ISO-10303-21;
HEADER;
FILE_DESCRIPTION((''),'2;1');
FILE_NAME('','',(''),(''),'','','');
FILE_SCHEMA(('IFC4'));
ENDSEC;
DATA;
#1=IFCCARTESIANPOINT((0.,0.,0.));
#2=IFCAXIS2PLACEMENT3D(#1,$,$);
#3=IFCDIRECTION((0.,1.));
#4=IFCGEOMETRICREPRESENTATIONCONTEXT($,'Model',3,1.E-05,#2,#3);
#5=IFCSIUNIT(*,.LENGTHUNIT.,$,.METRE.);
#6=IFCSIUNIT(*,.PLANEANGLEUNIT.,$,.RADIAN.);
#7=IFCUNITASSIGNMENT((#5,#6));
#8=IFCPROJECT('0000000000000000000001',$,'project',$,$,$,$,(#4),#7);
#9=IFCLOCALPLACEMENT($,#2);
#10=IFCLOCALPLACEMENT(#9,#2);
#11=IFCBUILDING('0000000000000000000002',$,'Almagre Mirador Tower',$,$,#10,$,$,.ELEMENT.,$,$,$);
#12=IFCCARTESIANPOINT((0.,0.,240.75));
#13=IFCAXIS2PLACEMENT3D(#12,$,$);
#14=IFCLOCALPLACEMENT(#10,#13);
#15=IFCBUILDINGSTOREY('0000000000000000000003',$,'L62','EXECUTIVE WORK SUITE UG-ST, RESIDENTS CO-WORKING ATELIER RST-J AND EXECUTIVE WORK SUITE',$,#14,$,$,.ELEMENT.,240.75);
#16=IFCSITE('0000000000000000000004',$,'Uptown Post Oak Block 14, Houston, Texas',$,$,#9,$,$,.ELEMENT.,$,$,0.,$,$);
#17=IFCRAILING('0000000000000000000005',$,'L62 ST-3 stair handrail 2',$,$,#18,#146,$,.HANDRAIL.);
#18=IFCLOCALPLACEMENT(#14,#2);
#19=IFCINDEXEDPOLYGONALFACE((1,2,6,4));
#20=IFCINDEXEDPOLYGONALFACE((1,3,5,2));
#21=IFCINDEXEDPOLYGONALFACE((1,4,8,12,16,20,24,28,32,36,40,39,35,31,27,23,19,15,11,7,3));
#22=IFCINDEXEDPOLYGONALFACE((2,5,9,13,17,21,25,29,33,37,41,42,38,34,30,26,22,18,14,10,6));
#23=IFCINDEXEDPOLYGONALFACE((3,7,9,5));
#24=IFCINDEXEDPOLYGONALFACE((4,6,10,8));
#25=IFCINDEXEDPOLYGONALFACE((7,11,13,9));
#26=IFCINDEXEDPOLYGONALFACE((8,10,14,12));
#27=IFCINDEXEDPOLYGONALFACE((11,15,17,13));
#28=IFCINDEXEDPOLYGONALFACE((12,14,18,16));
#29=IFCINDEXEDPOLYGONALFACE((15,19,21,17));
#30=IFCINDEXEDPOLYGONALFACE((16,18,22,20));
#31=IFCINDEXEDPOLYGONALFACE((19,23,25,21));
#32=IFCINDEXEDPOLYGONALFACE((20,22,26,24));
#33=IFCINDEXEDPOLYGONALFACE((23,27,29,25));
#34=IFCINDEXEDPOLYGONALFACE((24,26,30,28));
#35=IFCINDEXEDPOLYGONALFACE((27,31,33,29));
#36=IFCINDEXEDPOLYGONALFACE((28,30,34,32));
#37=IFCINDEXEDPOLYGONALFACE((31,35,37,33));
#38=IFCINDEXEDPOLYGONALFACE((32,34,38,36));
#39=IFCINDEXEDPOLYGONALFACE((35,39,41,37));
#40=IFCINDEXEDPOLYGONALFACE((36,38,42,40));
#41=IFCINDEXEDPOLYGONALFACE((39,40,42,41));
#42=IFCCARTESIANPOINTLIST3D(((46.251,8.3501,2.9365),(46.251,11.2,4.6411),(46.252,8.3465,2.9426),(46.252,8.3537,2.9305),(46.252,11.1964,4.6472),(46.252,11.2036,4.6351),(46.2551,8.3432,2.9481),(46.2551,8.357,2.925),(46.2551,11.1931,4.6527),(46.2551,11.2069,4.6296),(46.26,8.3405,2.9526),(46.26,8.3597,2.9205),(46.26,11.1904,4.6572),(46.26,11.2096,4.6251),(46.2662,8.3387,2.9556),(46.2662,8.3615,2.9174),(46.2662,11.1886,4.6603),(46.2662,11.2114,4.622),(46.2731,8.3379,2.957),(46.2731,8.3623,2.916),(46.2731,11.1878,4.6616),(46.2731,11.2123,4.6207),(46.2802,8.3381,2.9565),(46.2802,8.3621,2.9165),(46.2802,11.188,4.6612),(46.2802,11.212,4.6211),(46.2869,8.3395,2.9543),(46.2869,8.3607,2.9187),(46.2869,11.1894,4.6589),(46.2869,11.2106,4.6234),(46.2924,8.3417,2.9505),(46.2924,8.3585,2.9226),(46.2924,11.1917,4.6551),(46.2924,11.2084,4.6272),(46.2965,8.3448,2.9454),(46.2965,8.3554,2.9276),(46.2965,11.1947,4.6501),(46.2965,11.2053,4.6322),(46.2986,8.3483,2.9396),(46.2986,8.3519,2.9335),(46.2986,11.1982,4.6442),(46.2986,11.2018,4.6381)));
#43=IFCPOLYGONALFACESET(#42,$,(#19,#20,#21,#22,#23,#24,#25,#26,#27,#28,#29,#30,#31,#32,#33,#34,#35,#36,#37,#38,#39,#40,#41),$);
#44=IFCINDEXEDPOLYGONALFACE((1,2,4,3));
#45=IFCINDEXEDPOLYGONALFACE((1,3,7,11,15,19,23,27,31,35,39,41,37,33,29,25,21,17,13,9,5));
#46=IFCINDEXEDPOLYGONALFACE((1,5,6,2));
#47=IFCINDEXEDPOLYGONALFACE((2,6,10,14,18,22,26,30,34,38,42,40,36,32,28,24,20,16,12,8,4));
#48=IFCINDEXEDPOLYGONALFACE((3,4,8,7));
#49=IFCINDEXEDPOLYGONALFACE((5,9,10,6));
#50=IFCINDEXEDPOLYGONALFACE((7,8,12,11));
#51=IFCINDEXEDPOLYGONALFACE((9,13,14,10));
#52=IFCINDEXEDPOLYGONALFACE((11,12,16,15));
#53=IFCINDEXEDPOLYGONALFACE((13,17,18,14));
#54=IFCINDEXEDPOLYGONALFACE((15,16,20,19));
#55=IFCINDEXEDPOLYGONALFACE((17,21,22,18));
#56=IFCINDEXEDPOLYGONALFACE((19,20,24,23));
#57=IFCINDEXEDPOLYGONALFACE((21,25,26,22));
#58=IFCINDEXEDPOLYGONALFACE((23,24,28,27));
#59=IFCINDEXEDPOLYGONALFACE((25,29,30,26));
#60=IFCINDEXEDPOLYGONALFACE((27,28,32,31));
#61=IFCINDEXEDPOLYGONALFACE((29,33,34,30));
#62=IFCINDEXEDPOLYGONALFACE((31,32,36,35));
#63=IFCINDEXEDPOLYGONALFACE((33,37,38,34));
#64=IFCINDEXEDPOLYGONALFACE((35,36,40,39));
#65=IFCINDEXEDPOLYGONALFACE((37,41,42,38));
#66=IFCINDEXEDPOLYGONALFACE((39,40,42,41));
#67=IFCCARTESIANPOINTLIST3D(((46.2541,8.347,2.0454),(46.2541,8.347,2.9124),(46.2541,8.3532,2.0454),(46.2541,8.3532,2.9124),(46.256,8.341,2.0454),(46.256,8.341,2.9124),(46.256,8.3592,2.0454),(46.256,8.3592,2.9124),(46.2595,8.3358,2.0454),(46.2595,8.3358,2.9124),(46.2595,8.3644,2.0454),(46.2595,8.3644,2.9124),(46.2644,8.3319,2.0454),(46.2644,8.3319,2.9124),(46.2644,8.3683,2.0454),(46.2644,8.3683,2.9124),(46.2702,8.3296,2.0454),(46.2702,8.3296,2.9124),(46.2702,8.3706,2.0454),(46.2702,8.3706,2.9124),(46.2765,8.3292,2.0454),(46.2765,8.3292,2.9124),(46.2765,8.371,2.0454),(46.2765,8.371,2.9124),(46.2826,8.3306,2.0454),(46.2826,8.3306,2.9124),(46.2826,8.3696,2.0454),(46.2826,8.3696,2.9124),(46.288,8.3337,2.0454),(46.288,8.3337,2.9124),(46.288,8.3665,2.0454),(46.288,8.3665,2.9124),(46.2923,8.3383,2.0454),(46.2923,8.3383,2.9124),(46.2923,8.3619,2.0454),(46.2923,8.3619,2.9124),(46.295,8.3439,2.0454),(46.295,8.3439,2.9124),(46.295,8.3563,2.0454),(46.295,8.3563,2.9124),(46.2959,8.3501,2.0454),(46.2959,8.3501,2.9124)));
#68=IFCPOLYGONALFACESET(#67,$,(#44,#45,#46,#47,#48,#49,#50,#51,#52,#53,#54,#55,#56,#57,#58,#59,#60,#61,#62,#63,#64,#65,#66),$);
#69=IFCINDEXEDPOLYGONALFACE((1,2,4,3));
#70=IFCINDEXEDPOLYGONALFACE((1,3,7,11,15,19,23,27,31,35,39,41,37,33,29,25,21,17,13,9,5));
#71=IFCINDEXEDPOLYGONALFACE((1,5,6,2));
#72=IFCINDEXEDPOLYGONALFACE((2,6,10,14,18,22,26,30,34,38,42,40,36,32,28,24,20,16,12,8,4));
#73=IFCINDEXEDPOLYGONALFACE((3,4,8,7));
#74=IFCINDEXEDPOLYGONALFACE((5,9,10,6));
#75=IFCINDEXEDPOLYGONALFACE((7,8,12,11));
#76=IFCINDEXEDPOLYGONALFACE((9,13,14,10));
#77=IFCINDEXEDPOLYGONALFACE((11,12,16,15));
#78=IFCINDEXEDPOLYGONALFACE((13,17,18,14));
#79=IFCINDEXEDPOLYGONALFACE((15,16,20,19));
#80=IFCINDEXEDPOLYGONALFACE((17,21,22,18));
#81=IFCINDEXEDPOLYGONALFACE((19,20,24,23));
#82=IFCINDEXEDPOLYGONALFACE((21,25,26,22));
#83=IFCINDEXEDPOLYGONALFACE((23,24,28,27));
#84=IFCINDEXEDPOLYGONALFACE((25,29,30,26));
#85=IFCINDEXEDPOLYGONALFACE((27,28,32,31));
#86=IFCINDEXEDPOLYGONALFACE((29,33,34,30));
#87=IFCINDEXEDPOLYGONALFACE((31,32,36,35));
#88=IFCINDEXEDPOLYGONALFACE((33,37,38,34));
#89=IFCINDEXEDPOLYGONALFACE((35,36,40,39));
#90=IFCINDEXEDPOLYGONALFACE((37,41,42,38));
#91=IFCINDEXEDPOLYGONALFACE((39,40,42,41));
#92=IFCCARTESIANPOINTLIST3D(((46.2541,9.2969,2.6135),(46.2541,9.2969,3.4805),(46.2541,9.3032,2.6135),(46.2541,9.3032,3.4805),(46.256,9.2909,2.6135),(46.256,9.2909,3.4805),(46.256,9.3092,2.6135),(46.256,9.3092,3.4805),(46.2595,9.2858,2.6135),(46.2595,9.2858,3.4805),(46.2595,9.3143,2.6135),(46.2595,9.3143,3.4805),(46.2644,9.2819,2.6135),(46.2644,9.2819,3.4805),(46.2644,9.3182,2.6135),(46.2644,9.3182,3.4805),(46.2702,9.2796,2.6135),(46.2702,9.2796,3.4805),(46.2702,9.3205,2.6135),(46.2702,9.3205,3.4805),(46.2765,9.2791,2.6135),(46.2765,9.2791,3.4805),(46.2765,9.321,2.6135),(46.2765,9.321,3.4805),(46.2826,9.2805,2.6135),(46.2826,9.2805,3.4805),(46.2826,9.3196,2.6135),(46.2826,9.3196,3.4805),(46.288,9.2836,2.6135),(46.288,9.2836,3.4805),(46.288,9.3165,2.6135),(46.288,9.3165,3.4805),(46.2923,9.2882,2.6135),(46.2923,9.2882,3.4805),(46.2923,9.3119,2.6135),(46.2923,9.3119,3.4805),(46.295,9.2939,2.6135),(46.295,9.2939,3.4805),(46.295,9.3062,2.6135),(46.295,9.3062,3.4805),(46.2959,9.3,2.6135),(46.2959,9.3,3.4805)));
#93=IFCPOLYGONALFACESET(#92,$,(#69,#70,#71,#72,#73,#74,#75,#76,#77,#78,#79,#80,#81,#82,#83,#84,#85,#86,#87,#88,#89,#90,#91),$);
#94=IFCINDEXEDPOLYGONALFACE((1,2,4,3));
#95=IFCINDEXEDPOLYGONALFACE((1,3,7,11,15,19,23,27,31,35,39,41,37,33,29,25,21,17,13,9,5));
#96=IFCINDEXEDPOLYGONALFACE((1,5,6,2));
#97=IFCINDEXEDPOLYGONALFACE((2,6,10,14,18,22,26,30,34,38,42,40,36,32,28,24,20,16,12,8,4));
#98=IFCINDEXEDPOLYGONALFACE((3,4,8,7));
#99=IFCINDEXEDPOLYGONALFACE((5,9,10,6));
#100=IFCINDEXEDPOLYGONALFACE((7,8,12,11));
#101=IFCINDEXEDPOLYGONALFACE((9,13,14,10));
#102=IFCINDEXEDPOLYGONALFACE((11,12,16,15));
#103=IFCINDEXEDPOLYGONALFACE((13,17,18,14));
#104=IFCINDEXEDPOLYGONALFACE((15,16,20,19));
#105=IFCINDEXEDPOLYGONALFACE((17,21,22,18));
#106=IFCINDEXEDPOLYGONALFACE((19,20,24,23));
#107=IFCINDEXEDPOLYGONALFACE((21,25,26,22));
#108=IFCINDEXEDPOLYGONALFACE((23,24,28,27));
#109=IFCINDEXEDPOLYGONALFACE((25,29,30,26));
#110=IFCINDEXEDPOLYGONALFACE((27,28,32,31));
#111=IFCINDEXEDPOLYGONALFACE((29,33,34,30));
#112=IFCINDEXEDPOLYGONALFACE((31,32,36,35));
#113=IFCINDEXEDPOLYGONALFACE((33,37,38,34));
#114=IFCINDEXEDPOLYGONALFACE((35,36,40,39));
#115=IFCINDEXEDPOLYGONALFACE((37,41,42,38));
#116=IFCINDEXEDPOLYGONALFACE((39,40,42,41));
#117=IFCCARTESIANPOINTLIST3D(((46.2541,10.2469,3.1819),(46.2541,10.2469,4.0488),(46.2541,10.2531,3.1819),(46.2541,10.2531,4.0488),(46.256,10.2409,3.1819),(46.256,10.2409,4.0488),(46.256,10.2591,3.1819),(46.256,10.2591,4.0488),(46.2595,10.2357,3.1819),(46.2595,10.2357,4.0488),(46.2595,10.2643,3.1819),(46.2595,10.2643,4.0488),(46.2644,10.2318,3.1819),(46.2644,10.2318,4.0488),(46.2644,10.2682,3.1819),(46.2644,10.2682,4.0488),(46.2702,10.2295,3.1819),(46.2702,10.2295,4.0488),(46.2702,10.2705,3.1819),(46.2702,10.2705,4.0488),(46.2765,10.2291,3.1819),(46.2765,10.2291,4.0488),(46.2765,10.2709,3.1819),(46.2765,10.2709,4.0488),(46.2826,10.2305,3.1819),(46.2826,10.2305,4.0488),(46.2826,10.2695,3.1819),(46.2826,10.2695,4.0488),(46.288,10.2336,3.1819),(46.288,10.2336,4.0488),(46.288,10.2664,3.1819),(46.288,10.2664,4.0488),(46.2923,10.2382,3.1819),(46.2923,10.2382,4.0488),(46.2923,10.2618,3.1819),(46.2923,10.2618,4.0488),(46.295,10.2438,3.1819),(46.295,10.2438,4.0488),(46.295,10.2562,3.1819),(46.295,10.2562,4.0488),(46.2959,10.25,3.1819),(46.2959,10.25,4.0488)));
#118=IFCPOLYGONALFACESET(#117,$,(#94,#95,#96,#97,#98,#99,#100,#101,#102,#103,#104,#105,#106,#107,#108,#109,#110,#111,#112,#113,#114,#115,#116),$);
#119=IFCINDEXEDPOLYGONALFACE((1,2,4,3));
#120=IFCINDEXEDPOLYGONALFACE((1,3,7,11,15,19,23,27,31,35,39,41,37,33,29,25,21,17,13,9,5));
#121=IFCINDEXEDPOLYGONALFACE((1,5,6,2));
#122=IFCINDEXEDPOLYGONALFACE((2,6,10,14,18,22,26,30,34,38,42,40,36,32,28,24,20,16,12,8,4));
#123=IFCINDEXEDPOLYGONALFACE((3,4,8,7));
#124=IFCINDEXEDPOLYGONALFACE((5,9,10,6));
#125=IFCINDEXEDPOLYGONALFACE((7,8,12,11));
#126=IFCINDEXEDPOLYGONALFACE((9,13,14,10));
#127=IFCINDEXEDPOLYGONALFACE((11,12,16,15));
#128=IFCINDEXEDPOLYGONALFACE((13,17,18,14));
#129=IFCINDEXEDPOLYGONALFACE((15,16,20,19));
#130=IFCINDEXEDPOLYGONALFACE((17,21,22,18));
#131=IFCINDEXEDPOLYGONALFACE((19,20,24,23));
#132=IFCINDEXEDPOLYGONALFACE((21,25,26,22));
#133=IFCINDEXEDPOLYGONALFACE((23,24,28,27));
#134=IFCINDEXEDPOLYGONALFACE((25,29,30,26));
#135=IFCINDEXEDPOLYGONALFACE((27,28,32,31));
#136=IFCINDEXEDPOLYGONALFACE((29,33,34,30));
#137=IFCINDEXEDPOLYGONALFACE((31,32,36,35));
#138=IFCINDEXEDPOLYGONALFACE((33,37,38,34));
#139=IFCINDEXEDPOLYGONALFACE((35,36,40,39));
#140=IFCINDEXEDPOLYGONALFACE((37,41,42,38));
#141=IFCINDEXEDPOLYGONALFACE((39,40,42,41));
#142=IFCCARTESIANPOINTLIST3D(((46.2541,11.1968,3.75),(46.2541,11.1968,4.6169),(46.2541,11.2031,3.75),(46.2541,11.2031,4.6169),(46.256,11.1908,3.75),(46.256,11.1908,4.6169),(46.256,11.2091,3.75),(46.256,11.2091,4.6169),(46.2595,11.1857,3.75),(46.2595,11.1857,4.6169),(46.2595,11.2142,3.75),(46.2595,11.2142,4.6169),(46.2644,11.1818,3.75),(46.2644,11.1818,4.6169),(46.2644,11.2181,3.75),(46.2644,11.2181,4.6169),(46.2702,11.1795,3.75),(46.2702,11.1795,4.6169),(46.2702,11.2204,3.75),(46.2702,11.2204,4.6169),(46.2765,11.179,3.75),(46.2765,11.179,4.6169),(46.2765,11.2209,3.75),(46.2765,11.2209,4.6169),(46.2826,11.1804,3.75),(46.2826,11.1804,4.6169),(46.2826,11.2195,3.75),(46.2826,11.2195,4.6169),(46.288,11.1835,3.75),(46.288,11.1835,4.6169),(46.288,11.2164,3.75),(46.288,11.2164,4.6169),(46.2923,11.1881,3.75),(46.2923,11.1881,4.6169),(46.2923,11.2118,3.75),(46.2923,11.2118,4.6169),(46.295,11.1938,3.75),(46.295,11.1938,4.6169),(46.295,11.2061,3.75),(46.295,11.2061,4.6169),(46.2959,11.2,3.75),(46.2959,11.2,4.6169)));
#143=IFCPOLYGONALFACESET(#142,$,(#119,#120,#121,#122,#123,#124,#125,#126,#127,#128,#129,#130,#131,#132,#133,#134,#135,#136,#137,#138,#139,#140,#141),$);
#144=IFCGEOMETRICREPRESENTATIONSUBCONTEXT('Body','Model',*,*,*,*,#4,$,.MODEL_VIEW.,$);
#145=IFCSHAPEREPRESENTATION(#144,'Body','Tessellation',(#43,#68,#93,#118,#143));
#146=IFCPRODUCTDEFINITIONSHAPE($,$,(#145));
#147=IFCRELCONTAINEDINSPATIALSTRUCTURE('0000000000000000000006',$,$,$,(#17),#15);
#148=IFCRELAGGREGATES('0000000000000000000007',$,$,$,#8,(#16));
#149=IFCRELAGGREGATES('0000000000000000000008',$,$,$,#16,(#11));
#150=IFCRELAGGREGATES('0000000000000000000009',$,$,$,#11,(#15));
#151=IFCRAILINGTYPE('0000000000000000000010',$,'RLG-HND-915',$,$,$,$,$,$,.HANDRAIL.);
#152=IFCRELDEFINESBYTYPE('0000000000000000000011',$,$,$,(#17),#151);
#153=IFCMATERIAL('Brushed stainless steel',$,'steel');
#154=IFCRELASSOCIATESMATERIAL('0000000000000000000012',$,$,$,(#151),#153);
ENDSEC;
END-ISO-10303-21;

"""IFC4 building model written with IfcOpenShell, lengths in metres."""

from ifc_helpers import new_model, si_unit, direction, frame, origin, origin_2d, place, context, subcontext, project, spatial, circle, extrude, material, type_object, element, save


model = new_model("IFC4")

# Units and contexts
model_context = context("Model", 3, precision=1e-05, world=origin(), true_north=direction((0.0, 1.0)))
body_context = subcontext(model_context, "Body", "Model", "MODEL_VIEW")
ifc_project = project(units=[si_unit("LENGTHUNIT", "METRE"), si_unit("PLANEANGLEUNIT", "RADIAN")], contexts=[model_context])

# Site, building, storey
site_placement = place(None, origin())
site = spatial("IfcSite", under=ifc_project, at=site_placement, Name="Uptown Post Oak Block 14, Houston, Texas", CompositionType="ELEMENT", RefElevation=0.0)
building_placement = place(site_placement, origin())
building = spatial("IfcBuilding", under=site, at=building_placement, Name="Almagre Mirador Tower", CompositionType="ELEMENT")
storey_placement = place(building_placement, frame((0.0, 0.0, 240.75)))
storey = spatial("IfcBuildingStorey", under=building, at=storey_placement, Name="L62", Description="EXECUTIVE WORK SUITE UG-ST, RESIDENTS CO-WORKING ATELIER RST-J AND EXECUTIVE WORK SUITE", CompositionType="ELEMENT", Elevation=240.75)

# Railing
ifc_material_1 = material(Name="Brushed stainless steel", Category="steel")
railing_type_1 = type_object("IfcRailingType", Name="RLG-HND-915", PredefinedType="HANDRAIL", material=ifc_material_1)
railing_1_placement = place(storey_placement, frame((46.2749, 8.3501, 2.0454)))
element("IfcRailing", 1, at=railing_1_placement, inside=storey, type_object=railing_type_1, Name="L62 ST-3 stair handrail 2", PredefinedType="HANDRAIL", context=body_context, shape_type="SweptSolid", body=[
    extrude(circle(Radius=0.0239, at=origin_2d()), frame((0.0, 0.0, 0.8911), z_axis=(0.0, 0.858199, 0.513317), x_axis=(-1.0, 0.0, 0.0)), (0.0, 0.0, 1.0), 3.3208),
    extrude(circle(Radius=0.021, at=origin_2d()), origin(), (0.0, 0.0, 1.0), 0.8669),
    extrude(circle(Radius=0.021, at=origin_2d()), frame((0.0, 0.95, 0.5681)), (0.0, 0.0, 1.0), 0.8669),
    extrude(circle(Radius=0.021, at=origin_2d()), frame((0.0, 1.8999, 1.1365)), (0.0, 0.0, 1.0), 0.8669),
    extrude(circle(Radius=0.021, at=origin_2d()), frame((0.0, 2.8499, 1.7046)), (0.0, 0.0, 1.0), 0.8669),
])

save(model, "model.ifc")
